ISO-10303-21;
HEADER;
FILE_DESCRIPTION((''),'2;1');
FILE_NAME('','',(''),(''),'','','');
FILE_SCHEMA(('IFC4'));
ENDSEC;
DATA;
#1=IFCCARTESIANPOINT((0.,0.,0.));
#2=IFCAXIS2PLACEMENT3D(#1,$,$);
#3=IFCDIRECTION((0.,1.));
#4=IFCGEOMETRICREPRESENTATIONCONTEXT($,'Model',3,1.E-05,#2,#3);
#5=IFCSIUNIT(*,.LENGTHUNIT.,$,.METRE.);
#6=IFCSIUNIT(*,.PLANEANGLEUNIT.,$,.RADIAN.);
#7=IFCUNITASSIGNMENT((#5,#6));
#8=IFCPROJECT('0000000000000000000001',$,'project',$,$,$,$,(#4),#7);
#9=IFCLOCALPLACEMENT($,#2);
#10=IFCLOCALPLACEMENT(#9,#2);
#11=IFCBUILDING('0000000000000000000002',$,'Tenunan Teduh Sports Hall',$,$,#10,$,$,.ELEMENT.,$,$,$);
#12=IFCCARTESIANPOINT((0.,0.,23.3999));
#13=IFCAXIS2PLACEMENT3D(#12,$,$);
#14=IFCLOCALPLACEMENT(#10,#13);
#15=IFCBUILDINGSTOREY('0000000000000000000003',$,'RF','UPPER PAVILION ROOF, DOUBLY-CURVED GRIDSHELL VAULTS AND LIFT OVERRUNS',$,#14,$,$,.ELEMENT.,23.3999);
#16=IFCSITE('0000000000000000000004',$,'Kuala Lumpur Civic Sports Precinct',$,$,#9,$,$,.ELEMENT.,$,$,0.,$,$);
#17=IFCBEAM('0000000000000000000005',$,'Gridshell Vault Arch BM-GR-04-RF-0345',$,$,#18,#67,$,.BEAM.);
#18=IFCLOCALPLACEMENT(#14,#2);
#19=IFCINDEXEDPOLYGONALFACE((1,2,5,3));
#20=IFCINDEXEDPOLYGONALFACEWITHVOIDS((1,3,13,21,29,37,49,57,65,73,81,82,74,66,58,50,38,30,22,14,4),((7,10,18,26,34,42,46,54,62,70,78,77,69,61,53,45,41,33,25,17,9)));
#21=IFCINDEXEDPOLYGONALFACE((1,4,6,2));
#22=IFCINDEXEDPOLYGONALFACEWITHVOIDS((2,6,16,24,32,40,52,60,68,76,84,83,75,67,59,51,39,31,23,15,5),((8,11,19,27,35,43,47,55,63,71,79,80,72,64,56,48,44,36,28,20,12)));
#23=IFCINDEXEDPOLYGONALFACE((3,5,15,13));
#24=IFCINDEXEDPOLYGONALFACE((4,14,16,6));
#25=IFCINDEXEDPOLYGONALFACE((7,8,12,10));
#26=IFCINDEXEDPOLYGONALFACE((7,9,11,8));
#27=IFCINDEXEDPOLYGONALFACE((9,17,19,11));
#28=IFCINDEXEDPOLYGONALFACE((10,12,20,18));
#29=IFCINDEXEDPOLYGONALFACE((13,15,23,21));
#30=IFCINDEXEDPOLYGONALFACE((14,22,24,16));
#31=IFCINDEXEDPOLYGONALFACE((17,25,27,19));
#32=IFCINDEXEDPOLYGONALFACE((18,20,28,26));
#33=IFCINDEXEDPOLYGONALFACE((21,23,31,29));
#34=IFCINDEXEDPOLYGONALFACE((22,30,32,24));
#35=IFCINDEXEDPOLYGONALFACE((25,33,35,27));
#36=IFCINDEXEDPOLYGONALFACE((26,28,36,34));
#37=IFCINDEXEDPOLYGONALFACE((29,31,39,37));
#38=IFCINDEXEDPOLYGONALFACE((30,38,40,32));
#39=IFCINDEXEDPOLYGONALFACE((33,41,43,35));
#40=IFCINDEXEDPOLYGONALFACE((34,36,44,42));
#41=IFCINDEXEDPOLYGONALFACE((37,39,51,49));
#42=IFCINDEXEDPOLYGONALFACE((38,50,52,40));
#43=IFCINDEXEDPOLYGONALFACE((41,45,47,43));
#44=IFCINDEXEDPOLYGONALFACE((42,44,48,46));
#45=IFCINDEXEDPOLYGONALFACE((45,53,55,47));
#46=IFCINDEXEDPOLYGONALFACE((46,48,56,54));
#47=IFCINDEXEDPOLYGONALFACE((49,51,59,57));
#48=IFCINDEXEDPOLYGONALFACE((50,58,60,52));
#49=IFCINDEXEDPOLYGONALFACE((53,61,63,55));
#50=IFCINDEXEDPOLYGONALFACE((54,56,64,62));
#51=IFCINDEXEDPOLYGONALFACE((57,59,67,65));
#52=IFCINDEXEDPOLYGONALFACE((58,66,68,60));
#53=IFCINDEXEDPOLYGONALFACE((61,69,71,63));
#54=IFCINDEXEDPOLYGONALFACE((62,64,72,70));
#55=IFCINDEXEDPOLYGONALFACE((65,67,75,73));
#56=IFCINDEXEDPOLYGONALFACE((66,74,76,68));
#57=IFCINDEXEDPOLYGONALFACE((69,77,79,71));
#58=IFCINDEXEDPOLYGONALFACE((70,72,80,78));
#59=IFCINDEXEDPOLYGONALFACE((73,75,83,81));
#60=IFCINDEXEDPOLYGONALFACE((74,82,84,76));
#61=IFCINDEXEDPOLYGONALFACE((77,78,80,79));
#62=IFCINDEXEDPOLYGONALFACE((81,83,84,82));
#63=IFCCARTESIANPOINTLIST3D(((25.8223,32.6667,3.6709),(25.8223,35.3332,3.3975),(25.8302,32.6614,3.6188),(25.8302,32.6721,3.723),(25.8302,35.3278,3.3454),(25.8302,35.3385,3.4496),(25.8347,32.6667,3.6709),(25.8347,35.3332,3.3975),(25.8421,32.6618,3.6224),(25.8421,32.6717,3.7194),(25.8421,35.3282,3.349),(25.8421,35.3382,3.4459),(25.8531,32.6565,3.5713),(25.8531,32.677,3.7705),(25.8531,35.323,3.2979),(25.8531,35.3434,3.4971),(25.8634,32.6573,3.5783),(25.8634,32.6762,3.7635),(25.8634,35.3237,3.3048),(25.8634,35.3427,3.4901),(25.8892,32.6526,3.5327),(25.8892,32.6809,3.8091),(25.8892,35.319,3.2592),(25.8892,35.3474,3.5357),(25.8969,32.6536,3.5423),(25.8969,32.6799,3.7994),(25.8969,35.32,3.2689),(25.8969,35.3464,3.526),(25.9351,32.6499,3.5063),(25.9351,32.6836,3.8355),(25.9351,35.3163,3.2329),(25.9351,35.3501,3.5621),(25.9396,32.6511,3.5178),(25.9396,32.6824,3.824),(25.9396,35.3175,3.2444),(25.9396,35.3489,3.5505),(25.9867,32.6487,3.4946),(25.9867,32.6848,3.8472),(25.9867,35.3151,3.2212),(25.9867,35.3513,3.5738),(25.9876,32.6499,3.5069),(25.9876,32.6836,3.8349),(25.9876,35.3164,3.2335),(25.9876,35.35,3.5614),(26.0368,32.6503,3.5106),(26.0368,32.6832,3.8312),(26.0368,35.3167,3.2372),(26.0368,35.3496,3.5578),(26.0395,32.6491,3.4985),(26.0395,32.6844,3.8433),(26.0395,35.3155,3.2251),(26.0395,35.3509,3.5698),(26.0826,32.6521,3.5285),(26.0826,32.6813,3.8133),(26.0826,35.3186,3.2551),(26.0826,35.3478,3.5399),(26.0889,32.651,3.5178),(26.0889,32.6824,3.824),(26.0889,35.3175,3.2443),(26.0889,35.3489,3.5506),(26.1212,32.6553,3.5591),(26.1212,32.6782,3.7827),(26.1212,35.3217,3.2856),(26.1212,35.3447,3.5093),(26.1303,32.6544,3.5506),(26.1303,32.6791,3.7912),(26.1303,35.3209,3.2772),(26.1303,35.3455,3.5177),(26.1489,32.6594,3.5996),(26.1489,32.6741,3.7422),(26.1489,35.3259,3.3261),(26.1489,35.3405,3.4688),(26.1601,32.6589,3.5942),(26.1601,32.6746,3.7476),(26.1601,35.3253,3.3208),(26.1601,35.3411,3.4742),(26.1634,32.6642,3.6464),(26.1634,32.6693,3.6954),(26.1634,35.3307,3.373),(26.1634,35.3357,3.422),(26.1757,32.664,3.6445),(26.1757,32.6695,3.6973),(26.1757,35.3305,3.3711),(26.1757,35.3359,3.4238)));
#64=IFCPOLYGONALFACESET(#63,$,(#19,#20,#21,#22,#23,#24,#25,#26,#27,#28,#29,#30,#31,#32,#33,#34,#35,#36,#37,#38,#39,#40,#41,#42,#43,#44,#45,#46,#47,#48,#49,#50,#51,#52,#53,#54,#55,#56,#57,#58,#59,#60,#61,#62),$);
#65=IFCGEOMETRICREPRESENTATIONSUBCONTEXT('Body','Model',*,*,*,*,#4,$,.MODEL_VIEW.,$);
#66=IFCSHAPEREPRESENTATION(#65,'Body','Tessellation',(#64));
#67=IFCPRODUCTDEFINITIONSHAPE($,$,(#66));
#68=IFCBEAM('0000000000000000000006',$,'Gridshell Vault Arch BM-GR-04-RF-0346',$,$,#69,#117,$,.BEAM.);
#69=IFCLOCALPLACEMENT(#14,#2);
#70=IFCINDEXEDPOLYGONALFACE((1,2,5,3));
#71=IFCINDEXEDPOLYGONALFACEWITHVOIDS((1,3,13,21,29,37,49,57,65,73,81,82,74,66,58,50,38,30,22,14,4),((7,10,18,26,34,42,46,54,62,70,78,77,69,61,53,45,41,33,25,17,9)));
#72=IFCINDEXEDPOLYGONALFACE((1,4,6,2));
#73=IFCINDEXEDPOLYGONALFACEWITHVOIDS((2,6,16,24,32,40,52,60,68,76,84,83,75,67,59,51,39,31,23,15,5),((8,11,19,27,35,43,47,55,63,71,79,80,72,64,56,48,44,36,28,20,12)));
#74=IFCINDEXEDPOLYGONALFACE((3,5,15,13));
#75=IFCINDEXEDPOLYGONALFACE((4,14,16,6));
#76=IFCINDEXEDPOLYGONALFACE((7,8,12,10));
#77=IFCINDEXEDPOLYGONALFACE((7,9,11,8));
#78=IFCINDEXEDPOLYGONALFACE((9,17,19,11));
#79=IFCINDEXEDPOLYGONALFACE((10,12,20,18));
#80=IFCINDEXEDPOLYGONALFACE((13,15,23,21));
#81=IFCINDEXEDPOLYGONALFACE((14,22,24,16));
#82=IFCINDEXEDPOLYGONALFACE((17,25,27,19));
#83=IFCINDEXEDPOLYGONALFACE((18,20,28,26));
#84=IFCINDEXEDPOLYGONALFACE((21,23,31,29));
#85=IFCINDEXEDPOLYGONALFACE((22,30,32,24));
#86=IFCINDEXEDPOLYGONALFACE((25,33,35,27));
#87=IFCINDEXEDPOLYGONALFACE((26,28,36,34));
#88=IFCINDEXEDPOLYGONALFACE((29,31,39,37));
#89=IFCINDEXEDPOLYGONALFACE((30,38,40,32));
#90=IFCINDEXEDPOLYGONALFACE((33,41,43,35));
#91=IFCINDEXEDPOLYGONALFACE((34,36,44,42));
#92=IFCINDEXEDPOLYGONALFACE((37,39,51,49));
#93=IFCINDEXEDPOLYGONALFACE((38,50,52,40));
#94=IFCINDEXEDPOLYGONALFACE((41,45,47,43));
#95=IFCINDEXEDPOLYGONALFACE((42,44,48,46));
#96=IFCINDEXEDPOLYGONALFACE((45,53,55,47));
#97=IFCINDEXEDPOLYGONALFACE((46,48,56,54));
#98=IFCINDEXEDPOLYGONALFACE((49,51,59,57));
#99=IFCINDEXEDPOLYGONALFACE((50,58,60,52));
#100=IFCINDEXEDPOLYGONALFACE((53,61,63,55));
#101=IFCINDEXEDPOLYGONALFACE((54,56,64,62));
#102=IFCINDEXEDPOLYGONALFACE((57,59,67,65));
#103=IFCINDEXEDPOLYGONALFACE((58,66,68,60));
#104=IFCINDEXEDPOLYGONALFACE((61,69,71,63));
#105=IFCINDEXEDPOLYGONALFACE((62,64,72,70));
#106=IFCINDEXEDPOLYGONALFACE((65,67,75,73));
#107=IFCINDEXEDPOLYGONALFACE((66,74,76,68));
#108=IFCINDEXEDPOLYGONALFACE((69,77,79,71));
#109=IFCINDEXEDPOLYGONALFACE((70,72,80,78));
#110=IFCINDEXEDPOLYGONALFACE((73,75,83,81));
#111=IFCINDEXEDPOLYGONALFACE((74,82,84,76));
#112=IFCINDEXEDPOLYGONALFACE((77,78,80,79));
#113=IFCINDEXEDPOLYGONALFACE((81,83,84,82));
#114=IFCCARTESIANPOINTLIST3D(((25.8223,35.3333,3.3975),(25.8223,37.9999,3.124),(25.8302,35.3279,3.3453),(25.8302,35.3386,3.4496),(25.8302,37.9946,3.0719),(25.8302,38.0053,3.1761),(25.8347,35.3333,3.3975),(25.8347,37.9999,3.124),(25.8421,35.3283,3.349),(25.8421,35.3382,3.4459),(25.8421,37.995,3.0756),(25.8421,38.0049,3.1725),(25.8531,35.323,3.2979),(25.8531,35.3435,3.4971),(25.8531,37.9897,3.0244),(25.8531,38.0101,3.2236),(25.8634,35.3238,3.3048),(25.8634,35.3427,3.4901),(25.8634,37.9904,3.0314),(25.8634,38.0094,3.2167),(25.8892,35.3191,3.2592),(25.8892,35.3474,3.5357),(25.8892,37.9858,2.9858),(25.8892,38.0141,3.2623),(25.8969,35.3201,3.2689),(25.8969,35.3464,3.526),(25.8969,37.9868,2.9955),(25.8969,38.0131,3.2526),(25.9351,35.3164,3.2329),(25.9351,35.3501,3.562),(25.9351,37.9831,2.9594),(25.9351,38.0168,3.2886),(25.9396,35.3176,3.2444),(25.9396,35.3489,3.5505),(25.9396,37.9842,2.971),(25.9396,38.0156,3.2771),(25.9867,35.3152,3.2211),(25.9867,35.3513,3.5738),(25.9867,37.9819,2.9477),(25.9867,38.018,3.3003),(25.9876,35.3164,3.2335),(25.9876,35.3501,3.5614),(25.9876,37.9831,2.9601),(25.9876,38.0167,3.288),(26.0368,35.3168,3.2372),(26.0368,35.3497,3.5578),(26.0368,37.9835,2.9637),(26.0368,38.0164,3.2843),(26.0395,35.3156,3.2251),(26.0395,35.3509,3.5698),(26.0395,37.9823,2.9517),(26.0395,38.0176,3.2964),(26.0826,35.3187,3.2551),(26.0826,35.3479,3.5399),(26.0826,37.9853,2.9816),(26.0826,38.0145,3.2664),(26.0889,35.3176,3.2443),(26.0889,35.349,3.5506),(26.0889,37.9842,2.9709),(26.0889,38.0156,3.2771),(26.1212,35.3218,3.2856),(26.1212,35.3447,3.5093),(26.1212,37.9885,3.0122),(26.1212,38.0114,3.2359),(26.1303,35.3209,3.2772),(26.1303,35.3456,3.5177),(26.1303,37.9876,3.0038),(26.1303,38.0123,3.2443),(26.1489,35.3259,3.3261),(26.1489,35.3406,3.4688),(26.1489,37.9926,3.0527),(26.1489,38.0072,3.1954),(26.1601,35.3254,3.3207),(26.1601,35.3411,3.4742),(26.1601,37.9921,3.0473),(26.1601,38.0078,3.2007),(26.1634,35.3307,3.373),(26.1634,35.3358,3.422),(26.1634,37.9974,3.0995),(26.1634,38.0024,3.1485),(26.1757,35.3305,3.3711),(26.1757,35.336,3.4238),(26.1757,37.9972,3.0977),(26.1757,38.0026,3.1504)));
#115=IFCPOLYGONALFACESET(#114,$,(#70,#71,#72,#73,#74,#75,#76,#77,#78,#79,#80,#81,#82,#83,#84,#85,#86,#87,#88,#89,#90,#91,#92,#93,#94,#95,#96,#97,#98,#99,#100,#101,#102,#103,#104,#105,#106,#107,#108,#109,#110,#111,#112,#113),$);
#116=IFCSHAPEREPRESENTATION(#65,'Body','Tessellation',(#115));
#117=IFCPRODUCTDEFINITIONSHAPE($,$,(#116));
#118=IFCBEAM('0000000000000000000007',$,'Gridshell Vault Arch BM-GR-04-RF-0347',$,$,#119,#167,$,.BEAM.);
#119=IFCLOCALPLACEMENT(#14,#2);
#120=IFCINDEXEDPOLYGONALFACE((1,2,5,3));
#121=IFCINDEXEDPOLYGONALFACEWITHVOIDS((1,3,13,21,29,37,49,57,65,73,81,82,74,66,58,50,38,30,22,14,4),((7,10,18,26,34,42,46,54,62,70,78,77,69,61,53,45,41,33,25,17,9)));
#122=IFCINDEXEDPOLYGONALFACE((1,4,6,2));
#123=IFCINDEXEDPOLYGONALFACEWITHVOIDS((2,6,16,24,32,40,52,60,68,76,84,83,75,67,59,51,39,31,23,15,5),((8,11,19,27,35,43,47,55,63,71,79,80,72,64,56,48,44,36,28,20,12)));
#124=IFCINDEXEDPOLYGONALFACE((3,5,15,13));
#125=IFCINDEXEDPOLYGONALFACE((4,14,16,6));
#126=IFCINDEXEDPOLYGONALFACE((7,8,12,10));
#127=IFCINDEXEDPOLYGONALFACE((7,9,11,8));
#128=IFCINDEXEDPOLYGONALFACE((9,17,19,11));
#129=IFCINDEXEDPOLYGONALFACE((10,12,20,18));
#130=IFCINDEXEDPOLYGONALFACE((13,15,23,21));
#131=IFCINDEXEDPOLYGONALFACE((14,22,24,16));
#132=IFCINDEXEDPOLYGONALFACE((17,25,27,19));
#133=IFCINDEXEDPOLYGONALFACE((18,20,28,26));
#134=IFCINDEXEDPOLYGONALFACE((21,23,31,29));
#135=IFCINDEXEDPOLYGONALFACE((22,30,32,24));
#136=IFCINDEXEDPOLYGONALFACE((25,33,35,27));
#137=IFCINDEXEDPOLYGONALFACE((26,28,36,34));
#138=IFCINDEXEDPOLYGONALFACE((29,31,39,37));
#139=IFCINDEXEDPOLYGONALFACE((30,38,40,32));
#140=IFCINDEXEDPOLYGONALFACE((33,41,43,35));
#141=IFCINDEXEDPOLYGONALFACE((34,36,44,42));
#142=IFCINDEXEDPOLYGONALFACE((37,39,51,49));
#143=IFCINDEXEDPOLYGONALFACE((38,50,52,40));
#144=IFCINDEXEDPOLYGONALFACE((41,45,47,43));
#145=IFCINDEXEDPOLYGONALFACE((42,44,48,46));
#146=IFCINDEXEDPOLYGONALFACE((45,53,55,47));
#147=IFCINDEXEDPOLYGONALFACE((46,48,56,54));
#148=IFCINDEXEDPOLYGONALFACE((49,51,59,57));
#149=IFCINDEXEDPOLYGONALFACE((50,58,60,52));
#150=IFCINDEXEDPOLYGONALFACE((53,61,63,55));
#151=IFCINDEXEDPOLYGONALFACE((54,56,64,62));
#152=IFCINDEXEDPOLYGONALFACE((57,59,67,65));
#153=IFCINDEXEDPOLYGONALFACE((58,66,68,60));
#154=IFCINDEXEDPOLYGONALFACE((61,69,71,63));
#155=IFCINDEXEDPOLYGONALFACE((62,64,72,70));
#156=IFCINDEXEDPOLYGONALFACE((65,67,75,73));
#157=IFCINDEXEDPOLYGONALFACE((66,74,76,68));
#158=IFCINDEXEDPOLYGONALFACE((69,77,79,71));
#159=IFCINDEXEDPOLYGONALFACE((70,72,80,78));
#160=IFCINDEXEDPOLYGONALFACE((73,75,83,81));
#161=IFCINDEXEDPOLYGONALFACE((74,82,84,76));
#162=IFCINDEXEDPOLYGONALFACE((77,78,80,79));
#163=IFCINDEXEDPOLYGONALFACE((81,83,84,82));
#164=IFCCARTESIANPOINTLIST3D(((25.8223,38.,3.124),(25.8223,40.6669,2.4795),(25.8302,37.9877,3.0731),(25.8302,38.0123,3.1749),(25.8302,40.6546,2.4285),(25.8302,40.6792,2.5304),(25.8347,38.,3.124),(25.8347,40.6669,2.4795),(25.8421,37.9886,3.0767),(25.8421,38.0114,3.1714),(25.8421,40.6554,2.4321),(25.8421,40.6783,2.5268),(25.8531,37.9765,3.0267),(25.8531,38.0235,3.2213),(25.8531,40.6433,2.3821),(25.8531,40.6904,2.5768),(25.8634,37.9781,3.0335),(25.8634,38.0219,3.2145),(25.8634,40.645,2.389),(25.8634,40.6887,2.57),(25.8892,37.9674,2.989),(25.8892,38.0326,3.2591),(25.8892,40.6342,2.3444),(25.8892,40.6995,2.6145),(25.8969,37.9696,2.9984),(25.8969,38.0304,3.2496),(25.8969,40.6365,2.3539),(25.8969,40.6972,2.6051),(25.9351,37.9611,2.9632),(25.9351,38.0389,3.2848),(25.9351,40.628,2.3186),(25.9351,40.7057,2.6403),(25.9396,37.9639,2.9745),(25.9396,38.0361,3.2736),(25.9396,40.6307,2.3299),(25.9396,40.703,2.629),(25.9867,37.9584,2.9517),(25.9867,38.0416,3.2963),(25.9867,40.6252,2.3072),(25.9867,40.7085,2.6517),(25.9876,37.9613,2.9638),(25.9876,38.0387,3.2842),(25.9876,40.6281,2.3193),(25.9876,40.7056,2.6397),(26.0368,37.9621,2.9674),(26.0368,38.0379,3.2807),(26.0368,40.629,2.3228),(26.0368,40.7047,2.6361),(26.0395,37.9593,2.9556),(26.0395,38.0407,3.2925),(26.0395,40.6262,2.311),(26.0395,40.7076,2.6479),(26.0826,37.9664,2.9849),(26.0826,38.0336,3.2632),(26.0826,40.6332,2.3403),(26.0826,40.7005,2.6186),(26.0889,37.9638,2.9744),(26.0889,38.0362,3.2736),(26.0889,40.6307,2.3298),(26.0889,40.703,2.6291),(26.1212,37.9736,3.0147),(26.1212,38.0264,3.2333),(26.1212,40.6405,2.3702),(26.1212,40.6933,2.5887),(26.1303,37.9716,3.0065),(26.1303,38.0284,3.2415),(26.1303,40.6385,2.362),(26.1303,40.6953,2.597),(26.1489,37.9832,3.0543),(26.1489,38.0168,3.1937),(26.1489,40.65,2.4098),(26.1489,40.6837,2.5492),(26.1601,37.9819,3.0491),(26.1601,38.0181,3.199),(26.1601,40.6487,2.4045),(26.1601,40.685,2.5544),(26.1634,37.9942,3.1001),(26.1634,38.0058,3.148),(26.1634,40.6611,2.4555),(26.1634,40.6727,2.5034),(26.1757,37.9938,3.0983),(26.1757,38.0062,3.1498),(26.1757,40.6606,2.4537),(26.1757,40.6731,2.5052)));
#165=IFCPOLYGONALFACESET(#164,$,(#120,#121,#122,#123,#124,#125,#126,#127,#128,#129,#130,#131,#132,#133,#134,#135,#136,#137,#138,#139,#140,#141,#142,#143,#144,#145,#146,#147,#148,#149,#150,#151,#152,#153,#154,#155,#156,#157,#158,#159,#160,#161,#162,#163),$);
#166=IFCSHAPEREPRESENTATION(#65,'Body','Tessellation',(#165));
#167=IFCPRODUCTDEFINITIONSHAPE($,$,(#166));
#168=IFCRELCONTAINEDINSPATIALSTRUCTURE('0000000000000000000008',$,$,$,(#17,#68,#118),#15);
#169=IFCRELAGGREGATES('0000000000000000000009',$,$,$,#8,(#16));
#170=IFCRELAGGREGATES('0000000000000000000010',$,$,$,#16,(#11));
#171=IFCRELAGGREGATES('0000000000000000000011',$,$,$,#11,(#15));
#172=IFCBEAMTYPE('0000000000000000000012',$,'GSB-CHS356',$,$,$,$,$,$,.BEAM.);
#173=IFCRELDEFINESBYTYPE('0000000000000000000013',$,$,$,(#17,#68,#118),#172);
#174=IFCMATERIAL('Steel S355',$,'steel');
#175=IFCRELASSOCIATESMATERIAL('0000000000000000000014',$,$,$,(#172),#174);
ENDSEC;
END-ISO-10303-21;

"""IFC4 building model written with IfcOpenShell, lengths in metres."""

from ifc_helpers import new_model, si_unit, direction, frame, origin, origin_2d, place, context, subcontext, project, spatial, hollow_circle, extrude, material, material_profile, profile_set, type_object, element, save


model = new_model("IFC4")

# Units and contexts
model_context = context("Model", 3, precision=1e-05, world=origin(), true_north=direction((0.0, 1.0)))
body_context = subcontext(model_context, "Body", "Model", "MODEL_VIEW")
ifc_project = project(units=[si_unit("LENGTHUNIT", "METRE"), si_unit("PLANEANGLEUNIT", "RADIAN")], contexts=[model_context])

# Site, building, storey
site_placement = place(None, origin())
site = spatial("IfcSite", under=ifc_project, at=site_placement, Name="Kuala Lumpur Civic Sports Precinct", CompositionType="ELEMENT", RefElevation=0.0)
building_placement = place(site_placement, origin())
building = spatial("IfcBuilding", under=site, at=building_placement, Name="Tenunan Teduh Sports Hall", CompositionType="ELEMENT")
storey_placement = place(building_placement, frame((0.0, 0.0, 23.3999)))
storey = spatial("IfcBuildingStorey", under=building, at=storey_placement, Name="RF", Description="UPPER PAVILION ROOF, DOUBLY-CURVED GRIDSHELL VAULTS AND LIFT OVERRUNS", CompositionType="ELEMENT", Elevation=23.3999)

# Beams
ifc_material_1 = material(Name="Steel S355", Category="steel")
ifc_material_profile_1 = material_profile(ifc_material_1, hollow_circle(Radius=0.1777, WallThickness=0.0125, at=origin_2d()), Name="CHS 355.6x12.5")
ifc_profile_set_1 = profile_set([ifc_material_profile_1], Name="Steel S355")
beam_type_1 = type_object("IfcBeamType", Name="GSB-CHS356", PredefinedType="BEAM", material=ifc_profile_set_1)
beam_1_placement = place(storey_placement, frame((26.0, 32.6667, 3.6709), z_axis=(0.0, 0.994783, -0.10201), x_axis=(-1.0, 0.0, 0.0)))
element("IfcBeam", 1, at=beam_1_placement, inside=storey, type_object=beam_type_1, Name="Gridshell Vault Arch BM-GR-04-RF-0345", PredefinedType="BEAM", context=body_context, shape_type="SweptSolid", body=[
    extrude(hollow_circle(Radius=0.1777, WallThickness=0.0125, at=origin_2d()), origin(), (0.0, 0.0, 1.0), 2.6804),
])
beam_2_placement = place(storey_placement, frame((26.0, 35.3333, 3.3975), z_axis=(0.0, 0.994784, -0.102001), x_axis=(-1.0, 0.0, 0.0)))
element("IfcBeam", 2, at=beam_2_placement, inside=storey, type_object=beam_type_1, Name="Gridshell Vault Arch BM-GR-04-RF-0346", PredefinedType="BEAM", context=body_context, shape_type="SweptSolid", body=[
    extrude(hollow_circle(Radius=0.1777, WallThickness=0.0125, at=origin_2d()), origin(), (0.0, 0.0, 1.0), 2.6807),
])
beam_3_placement = place(storey_placement, frame((26.0, 38.0, 3.124), z_axis=(0.0, 0.972013, -0.234928), x_axis=(-1.0, 0.0, 0.0)))
element("IfcBeam", 3, at=beam_3_placement, inside=storey, type_object=beam_type_1, Name="Gridshell Vault Arch BM-GR-04-RF-0347", PredefinedType="BEAM", context=body_context, shape_type="SweptSolid", body=[
    extrude(hollow_circle(Radius=0.1777, WallThickness=0.0125, at=origin_2d()), origin(), (0.0, 0.0, 1.0), 2.7437),
])

save(model, "model.ifc")
